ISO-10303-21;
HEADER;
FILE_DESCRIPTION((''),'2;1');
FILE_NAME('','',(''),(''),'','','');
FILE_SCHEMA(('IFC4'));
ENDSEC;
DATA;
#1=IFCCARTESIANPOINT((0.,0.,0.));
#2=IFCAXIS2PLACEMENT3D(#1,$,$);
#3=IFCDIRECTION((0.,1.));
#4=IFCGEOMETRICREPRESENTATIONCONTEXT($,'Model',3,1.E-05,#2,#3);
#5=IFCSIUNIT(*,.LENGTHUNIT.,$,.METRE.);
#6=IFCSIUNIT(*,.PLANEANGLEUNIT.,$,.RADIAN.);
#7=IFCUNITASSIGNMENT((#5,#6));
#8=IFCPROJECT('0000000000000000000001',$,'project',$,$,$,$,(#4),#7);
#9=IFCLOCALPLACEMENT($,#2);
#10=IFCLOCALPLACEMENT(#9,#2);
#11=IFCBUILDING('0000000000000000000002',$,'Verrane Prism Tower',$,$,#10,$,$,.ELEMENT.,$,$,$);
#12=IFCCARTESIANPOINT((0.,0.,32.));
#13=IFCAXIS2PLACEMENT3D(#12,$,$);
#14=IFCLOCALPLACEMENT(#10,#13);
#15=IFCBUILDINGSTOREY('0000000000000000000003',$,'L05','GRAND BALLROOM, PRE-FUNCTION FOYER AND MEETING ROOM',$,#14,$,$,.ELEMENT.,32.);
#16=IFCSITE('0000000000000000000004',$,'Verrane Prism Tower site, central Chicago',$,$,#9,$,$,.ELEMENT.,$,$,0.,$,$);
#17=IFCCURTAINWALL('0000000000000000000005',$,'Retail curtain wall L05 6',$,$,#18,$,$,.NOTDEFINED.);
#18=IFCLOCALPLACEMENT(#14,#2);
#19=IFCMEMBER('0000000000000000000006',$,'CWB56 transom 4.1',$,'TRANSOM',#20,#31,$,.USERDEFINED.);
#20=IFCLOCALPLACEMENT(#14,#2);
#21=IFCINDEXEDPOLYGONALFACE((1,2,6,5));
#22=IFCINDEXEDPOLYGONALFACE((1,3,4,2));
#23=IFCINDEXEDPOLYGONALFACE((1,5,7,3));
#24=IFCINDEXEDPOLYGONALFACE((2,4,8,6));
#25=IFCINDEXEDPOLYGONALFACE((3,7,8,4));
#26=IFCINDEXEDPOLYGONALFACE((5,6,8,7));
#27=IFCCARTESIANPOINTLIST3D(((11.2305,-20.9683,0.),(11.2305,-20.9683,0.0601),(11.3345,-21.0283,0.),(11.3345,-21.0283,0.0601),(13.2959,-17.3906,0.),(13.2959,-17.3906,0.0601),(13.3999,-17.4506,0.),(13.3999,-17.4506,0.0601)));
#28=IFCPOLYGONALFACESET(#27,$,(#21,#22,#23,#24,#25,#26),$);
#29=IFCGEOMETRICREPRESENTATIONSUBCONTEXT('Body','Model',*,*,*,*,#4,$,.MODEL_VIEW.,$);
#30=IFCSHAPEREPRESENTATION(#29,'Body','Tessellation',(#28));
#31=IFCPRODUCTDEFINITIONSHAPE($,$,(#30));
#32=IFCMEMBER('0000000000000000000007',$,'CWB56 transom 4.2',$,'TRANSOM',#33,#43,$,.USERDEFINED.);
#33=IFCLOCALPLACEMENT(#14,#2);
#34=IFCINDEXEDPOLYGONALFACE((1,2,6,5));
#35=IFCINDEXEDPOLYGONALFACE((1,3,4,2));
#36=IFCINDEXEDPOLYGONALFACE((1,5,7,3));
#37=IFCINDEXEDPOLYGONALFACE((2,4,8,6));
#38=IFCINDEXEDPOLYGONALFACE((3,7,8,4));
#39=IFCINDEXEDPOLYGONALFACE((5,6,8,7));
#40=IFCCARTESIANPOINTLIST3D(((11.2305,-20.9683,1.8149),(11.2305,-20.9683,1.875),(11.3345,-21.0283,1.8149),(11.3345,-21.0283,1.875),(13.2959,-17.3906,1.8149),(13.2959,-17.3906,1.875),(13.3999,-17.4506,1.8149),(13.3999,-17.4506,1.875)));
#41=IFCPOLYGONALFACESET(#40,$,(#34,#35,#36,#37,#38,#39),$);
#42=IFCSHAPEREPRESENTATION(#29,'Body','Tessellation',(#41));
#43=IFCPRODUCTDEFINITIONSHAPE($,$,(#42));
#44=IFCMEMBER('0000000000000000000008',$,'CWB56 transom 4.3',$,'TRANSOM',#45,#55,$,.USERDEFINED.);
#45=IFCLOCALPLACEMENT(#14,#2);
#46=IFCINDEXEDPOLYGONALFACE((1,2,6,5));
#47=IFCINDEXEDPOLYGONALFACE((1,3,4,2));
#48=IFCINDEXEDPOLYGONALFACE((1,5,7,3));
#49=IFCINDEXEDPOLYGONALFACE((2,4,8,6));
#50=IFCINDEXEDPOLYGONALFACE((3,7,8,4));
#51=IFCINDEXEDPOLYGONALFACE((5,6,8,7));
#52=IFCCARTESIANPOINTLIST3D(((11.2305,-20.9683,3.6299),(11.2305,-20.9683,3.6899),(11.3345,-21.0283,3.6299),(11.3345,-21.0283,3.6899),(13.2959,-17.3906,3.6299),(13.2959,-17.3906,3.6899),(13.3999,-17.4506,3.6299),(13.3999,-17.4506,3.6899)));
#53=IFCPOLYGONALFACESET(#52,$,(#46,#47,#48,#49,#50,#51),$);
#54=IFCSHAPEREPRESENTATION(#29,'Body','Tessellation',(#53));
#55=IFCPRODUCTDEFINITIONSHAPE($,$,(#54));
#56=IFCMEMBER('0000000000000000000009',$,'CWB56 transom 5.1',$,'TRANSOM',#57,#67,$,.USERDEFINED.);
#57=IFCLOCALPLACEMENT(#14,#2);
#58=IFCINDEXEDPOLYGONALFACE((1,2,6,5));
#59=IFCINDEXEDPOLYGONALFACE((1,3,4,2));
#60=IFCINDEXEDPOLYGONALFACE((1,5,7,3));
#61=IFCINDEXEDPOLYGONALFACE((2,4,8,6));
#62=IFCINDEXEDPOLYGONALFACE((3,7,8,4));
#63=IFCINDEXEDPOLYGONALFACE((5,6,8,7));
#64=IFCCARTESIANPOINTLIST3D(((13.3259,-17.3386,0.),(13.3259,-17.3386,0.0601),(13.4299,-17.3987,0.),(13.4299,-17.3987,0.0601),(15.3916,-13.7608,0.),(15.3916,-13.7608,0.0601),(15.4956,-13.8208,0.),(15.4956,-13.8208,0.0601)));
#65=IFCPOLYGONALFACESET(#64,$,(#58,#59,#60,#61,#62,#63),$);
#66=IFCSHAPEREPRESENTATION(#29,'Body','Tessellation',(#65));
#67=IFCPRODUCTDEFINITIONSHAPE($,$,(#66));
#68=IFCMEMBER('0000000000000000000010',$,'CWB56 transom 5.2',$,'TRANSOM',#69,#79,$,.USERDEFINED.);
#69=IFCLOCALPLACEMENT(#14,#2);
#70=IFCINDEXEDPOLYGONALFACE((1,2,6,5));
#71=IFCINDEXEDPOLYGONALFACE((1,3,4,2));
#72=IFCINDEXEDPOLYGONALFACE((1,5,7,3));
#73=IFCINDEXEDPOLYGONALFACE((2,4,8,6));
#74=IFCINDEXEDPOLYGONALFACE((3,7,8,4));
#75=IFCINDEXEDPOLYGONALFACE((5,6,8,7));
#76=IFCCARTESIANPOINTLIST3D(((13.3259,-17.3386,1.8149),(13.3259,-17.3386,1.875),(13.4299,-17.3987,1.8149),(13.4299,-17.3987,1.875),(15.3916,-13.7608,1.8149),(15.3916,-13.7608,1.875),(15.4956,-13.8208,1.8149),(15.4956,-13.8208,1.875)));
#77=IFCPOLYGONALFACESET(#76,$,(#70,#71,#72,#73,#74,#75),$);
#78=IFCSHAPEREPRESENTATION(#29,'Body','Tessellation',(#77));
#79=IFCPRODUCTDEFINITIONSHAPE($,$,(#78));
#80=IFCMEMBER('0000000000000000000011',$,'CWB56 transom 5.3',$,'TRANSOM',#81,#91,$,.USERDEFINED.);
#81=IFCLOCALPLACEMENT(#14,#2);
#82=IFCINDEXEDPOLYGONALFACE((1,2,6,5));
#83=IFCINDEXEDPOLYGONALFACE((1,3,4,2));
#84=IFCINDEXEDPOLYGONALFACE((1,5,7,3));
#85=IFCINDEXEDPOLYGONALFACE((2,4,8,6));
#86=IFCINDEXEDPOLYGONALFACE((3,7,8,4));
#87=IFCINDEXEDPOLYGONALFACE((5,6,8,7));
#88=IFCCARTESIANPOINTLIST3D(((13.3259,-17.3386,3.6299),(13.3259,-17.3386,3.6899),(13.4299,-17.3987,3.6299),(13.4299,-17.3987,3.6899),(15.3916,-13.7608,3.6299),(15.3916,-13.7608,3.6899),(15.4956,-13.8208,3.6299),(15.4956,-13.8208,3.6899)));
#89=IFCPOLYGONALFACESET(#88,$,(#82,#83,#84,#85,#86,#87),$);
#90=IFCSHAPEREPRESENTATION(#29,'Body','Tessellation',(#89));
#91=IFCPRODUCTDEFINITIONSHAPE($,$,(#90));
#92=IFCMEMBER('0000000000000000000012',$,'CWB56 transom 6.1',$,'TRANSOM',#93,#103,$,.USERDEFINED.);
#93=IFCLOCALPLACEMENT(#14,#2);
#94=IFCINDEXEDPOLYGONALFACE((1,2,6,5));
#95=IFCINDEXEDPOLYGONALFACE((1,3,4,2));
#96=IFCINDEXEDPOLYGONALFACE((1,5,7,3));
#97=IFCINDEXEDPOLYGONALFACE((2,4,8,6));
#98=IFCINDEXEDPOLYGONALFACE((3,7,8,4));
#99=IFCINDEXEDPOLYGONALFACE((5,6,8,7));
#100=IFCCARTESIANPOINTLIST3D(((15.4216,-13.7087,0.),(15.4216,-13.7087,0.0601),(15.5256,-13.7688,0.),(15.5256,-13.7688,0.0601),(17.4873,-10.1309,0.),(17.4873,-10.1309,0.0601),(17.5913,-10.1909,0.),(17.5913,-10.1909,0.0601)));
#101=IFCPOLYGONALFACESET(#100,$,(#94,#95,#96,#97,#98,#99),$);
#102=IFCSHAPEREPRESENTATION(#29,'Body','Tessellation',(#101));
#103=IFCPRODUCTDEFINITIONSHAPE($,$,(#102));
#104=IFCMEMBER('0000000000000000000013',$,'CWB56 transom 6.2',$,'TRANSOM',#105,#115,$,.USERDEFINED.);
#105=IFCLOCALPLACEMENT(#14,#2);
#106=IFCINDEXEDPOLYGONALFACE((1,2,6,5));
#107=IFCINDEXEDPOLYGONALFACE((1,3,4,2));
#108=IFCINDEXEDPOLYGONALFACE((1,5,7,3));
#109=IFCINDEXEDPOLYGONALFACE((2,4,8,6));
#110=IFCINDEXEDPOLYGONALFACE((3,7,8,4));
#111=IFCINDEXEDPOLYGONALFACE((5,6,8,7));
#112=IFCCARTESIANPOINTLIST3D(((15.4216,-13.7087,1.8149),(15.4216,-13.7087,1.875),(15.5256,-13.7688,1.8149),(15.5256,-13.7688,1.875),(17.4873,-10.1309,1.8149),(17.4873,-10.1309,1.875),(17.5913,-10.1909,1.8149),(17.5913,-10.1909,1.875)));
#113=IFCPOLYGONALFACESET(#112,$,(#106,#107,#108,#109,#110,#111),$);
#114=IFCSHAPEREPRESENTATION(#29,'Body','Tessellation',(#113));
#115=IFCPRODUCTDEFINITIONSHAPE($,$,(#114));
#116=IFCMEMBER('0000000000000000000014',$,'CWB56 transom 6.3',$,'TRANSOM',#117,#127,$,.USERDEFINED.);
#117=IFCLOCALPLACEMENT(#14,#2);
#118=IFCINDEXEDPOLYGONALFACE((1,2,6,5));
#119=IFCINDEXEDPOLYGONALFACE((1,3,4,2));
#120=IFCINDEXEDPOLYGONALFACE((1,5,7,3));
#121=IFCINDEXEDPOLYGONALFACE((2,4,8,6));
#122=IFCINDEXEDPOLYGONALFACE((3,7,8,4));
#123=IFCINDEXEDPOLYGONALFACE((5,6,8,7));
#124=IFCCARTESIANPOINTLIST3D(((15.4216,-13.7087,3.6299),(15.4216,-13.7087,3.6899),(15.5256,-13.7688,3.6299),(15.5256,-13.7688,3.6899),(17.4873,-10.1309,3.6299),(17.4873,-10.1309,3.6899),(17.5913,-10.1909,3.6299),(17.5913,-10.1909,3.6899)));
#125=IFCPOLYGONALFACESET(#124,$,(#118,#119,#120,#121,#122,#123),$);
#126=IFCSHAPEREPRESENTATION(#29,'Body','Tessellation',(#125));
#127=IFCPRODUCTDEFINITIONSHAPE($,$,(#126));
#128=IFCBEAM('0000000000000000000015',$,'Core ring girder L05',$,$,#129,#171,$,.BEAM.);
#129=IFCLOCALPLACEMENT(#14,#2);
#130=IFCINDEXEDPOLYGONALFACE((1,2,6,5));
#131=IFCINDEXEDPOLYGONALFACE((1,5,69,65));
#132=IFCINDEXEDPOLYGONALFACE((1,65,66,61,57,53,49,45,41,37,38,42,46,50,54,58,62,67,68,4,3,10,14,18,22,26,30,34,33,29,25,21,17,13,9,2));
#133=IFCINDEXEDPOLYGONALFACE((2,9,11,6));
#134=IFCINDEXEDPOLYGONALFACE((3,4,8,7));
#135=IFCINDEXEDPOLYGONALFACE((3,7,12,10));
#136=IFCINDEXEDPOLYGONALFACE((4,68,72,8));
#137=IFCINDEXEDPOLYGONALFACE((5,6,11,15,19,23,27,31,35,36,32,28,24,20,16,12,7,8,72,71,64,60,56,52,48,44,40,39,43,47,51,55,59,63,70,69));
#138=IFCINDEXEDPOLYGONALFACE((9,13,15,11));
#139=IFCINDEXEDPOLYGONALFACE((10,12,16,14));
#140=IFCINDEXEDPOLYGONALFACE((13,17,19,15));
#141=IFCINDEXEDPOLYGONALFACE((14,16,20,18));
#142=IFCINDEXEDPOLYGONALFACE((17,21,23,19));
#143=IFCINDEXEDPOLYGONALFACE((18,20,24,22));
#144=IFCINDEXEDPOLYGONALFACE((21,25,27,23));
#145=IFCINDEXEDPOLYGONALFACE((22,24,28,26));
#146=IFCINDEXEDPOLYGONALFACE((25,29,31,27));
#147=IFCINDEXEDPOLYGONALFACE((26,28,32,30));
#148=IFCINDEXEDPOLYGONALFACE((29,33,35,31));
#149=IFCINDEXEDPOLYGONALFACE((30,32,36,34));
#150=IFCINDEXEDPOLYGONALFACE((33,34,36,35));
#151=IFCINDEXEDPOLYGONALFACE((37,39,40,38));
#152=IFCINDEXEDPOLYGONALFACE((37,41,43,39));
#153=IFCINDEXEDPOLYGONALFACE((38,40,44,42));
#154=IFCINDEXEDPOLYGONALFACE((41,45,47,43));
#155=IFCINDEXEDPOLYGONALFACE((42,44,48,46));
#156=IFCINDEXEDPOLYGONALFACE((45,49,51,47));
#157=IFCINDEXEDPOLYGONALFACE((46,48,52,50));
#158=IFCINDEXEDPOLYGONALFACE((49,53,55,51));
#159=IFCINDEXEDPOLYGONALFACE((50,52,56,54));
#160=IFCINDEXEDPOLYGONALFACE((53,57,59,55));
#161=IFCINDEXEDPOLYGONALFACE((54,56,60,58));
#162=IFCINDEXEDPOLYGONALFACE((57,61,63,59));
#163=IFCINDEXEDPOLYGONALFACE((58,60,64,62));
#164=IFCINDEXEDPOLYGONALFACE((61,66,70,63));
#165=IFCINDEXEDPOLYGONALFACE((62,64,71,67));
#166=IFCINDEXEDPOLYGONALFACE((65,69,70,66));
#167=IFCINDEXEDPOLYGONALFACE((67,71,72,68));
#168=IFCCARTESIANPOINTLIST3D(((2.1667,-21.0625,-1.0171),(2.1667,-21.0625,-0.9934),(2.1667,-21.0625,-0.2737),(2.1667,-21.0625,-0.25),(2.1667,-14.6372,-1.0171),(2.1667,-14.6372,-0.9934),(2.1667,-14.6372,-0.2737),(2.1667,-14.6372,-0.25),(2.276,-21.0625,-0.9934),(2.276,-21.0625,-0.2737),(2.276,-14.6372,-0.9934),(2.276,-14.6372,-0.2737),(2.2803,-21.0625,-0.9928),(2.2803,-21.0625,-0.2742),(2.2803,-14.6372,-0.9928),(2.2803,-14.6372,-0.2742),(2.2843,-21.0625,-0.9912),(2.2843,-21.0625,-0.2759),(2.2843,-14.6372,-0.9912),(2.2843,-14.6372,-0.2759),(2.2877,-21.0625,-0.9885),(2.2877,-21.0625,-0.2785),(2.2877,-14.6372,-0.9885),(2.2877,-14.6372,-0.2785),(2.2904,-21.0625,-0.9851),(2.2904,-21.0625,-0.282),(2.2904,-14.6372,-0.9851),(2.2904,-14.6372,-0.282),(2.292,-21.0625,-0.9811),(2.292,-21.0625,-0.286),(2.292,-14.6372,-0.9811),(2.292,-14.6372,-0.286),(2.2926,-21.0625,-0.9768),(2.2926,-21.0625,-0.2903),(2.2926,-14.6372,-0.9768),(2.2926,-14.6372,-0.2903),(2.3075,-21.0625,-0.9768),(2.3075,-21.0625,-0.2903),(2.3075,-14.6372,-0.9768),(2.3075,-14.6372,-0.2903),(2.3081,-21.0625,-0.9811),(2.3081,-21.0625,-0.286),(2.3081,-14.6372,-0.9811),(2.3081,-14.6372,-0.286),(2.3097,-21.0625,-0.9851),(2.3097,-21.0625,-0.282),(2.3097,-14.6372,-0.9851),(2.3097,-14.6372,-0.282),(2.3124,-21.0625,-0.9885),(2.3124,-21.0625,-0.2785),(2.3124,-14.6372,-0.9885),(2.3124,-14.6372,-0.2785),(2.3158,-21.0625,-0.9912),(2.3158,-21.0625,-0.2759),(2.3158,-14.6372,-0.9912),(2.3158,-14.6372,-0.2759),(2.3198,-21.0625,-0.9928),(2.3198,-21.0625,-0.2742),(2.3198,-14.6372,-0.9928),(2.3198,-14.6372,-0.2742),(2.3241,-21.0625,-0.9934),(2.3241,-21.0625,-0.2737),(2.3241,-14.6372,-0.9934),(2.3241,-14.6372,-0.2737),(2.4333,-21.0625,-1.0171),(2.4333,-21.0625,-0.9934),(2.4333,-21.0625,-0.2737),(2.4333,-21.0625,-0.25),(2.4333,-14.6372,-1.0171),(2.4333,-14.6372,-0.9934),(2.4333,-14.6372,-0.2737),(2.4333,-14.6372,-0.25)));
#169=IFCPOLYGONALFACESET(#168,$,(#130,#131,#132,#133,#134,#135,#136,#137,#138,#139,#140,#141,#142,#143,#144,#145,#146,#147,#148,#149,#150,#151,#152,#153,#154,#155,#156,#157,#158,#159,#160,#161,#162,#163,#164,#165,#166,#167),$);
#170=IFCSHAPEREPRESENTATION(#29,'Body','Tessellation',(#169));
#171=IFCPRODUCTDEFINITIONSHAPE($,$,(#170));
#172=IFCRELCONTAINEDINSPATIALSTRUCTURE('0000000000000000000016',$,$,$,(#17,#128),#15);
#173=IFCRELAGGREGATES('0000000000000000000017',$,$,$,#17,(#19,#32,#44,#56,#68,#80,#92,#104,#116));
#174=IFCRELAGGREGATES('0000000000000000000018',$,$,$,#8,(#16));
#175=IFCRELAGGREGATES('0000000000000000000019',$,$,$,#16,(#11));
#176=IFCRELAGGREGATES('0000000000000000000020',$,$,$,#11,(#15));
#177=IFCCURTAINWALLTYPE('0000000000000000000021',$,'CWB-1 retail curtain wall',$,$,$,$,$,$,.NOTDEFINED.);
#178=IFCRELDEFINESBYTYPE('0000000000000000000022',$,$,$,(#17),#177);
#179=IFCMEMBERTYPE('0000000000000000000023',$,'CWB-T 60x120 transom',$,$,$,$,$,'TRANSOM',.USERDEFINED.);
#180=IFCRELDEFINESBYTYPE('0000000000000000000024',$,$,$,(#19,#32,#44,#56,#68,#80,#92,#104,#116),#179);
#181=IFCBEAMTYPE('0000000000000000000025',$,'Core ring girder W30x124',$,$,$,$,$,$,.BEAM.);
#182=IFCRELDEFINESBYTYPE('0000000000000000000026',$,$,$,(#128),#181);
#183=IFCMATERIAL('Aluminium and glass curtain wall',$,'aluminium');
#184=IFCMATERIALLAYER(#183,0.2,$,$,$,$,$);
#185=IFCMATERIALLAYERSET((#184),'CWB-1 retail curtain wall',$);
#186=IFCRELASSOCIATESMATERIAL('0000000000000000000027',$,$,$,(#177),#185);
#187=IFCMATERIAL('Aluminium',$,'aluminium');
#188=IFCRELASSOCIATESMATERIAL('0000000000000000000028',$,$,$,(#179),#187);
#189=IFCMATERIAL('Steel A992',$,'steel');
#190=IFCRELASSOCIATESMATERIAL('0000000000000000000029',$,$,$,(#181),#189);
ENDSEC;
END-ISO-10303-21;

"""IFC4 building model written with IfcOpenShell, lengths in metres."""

from ifc_helpers import new_model, si_unit, direction, frame, origin, origin_2d, place, context, subcontext, project, spatial, rectangle, i_section, extrude, material, layer, layer_set, material_profile, profile_set, type_object, element, aggregate, save


model = new_model("IFC4")

# Units and contexts
model_context = context("Model", 3, precision=1e-05, world=origin(), true_north=direction((0.0, 1.0)))
body_context = subcontext(model_context, "Body", "Model", "MODEL_VIEW")
ifc_project = project(units=[si_unit("LENGTHUNIT", "METRE"), si_unit("PLANEANGLEUNIT", "RADIAN")], contexts=[model_context])

# Site, building, storey
site_placement = place(None, origin())
site = spatial("IfcSite", under=ifc_project, at=site_placement, Name="Verrane Prism Tower site, central Chicago", CompositionType="ELEMENT", RefElevation=0.0)
building_placement = place(site_placement, origin())
building = spatial("IfcBuilding", under=site, at=building_placement, Name="Verrane Prism Tower", CompositionType="ELEMENT")
storey_placement = place(building_placement, frame((0.0, 0.0, 32.0)))
storey = spatial("IfcBuildingStorey", under=building, at=storey_placement, Name="L05", Description="GRAND BALLROOM, PRE-FUNCTION FOYER AND MEETING ROOM", CompositionType="ELEMENT", Elevation=32.0)

# Curtain wall, members
ifc_material_1 = material(Name="Aluminium and glass curtain wall", Category="aluminium")
ifc_layer_1 = layer(ifc_material_1, 0.2)
ifc_layer_set_1 = layer_set([ifc_layer_1], Name="CWB-1 retail curtain wall")
curtain_wall_type = type_object("IfcCurtainWallType", Name="CWB-1 retail curtain wall", PredefinedType="NOTDEFINED", material=ifc_layer_set_1)
curtain_wall_placement = place(storey_placement, origin())
curtain_wall = element("IfcCurtainWall", 1, at=curtain_wall_placement, inside=storey, type_object=curtain_wall_type, Name="Retail curtain wall L05 6", PredefinedType="NOTDEFINED")
ifc_material_2 = material(Name="Aluminium", Category="aluminium")
ifc_material_profile_1 = material_profile(ifc_material_2, rectangle(XDim=0.1201, YDim=0.0601, at=origin_2d()), Name="CWB-T 60x120 transom")
ifc_profile_set_1 = profile_set([ifc_material_profile_1], Name="Aluminium")
member_type_1 = type_object("IfcMemberType", Name="CWB-T 60x120 transom", ElementType="TRANSOM", PredefinedType="USERDEFINED", material=ifc_profile_set_1)
member_1_placement = place(storey_placement, frame((11.2825, -20.9983, 0.03), z_axis=(0.499978, 0.866038, 0.0), x_axis=(-0.866038, 0.499978, 0.0)))
member_1 = element("IfcMember", 2, at=member_1_placement, type_object=member_type_1, Name="CWB56 transom 4.1", ObjectType="TRANSOM", PredefinedType="USERDEFINED", context=body_context, shape_type="SweptSolid", body=[
    extrude(rectangle(XDim=0.1201, YDim=0.0601, at=origin_2d()), origin(), (0.0, 0.0, 1.0), 4.1311),
])
member_2_placement = place(storey_placement, frame((11.2825, -20.9983, 1.845), z_axis=(0.499978, 0.866038, 0.0), x_axis=(-0.866038, 0.499978, 0.0)))
member_2 = element("IfcMember", 3, at=member_2_placement, type_object=member_type_1, Name="CWB56 transom 4.2", ObjectType="TRANSOM", PredefinedType="USERDEFINED", context=body_context, shape_type="SweptSolid", body=[
    extrude(rectangle(XDim=0.1201, YDim=0.0601, at=origin_2d()), origin(), (0.0, 0.0, 1.0), 4.1311),
])
member_3_placement = place(storey_placement, frame((11.2825, -20.9983, 3.6599), z_axis=(0.499978, 0.866038, 0.0), x_axis=(-0.866038, 0.499978, 0.0)))
member_3 = element("IfcMember", 4, at=member_3_placement, type_object=member_type_1, Name="CWB56 transom 4.3", ObjectType="TRANSOM", PredefinedType="USERDEFINED", context=body_context, shape_type="SweptSolid", body=[
    extrude(rectangle(XDim=0.1201, YDim=0.0601, at=origin_2d()), origin(), (0.0, 0.0, 1.0), 4.1311),
])
member_4_placement = place(storey_placement, frame((13.3779, -17.3687, 0.03), z_axis=(0.499997, 0.866027, 0.0), x_axis=(-0.866027, 0.499997, 0.0)))
member_4 = element("IfcMember", 5, at=member_4_placement, type_object=member_type_1, Name="CWB56 transom 5.1", ObjectType="TRANSOM", PredefinedType="USERDEFINED", context=body_context, shape_type="SweptSolid", body=[
    extrude(rectangle(XDim=0.1201, YDim=0.0601, at=origin_2d()), origin(), (0.0, 0.0, 1.0), 4.1313),
])
member_5_placement = place(storey_placement, frame((13.3779, -17.3687, 1.845), z_axis=(0.499997, 0.866027, 0.0), x_axis=(-0.866027, 0.499997, 0.0)))
member_5 = element("IfcMember", 6, at=member_5_placement, type_object=member_type_1, Name="CWB56 transom 5.2", ObjectType="TRANSOM", PredefinedType="USERDEFINED", context=body_context, shape_type="SweptSolid", body=[
    extrude(rectangle(XDim=0.1201, YDim=0.0601, at=origin_2d()), origin(), (0.0, 0.0, 1.0), 4.1313),
])
member_6_placement = place(storey_placement, frame((13.3779, -17.3687, 3.6599), z_axis=(0.499997, 0.866027, 0.0), x_axis=(-0.866027, 0.499997, 0.0)))
member_6 = element("IfcMember", 7, at=member_6_placement, type_object=member_type_1, Name="CWB56 transom 5.3", ObjectType="TRANSOM", PredefinedType="USERDEFINED", context=body_context, shape_type="SweptSolid", body=[
    extrude(rectangle(XDim=0.1201, YDim=0.0601, at=origin_2d()), origin(), (0.0, 0.0, 1.0), 4.1313),
])
member_7_placement = place(storey_placement, frame((15.4736, -13.7388, 0.03), z_axis=(0.499997, 0.866027, 0.0), x_axis=(-0.866027, 0.499997, 0.0)))
member_7 = element("IfcMember", 8, at=member_7_placement, type_object=member_type_1, Name="CWB56 transom 6.1", ObjectType="TRANSOM", PredefinedType="USERDEFINED", context=body_context, shape_type="SweptSolid", body=[
    extrude(rectangle(XDim=0.1201, YDim=0.0601, at=origin_2d()), origin(), (0.0, 0.0, 1.0), 4.1313),
])
member_8_placement = place(storey_placement, frame((15.4736, -13.7388, 1.845), z_axis=(0.499997, 0.866027, 0.0), x_axis=(-0.866027, 0.499997, 0.0)))
member_8 = element("IfcMember", 9, at=member_8_placement, type_object=member_type_1, Name="CWB56 transom 6.2", ObjectType="TRANSOM", PredefinedType="USERDEFINED", context=body_context, shape_type="SweptSolid", body=[
    extrude(rectangle(XDim=0.1201, YDim=0.0601, at=origin_2d()), origin(), (0.0, 0.0, 1.0), 4.1313),
])
member_9_placement = place(storey_placement, frame((15.4736, -13.7388, 3.6599), z_axis=(0.499997, 0.866027, 0.0), x_axis=(-0.866027, 0.499997, 0.0)))
member_9 = element("IfcMember", 10, at=member_9_placement, type_object=member_type_1, Name="CWB56 transom 6.3", ObjectType="TRANSOM", PredefinedType="USERDEFINED", context=body_context, shape_type="SweptSolid", body=[
    extrude(rectangle(XDim=0.1201, YDim=0.0601, at=origin_2d()), origin(), (0.0, 0.0, 1.0), 4.1313),
])

# Beam
ifc_material_3 = material(Name="Steel A992", Category="steel")
ifc_material_profile_2 = material_profile(ifc_material_3, i_section(OverallWidth=0.2666, OverallDepth=0.7671, WebThickness=0.0149, FlangeThickness=0.0237, FilletRadius=0.0166, at=origin_2d()), Name="W30x124")
ifc_profile_set_2 = profile_set([ifc_material_profile_2], Name="Steel A992")
beam_type_1 = type_object("IfcBeamType", Name="Core ring girder W30x124", PredefinedType="BEAM", material=ifc_profile_set_2)
beam_1_placement = place(storey_placement, frame((2.3, -21.0625, -0.6335), z_axis=(0.0, 1.0, 0.0), x_axis=(-1.0, 0.0, 0.0)))
element("IfcBeam", 11, at=beam_1_placement, inside=storey, type_object=beam_type_1, Name="Core ring girder L05", PredefinedType="BEAM", context=body_context, shape_type="SweptSolid", body=[
    extrude(i_section(OverallWidth=0.2666, OverallDepth=0.7671, WebThickness=0.0149, FlangeThickness=0.0237, FilletRadius=0.0166, at=origin_2d()), origin(), (0.0, 0.0, 1.0), 6.4253),
])

aggregate(curtain_wall, [member_1, member_2, member_3, member_4, member_5, member_6, member_7, member_8, member_9])

save(model, "model.ifc")
